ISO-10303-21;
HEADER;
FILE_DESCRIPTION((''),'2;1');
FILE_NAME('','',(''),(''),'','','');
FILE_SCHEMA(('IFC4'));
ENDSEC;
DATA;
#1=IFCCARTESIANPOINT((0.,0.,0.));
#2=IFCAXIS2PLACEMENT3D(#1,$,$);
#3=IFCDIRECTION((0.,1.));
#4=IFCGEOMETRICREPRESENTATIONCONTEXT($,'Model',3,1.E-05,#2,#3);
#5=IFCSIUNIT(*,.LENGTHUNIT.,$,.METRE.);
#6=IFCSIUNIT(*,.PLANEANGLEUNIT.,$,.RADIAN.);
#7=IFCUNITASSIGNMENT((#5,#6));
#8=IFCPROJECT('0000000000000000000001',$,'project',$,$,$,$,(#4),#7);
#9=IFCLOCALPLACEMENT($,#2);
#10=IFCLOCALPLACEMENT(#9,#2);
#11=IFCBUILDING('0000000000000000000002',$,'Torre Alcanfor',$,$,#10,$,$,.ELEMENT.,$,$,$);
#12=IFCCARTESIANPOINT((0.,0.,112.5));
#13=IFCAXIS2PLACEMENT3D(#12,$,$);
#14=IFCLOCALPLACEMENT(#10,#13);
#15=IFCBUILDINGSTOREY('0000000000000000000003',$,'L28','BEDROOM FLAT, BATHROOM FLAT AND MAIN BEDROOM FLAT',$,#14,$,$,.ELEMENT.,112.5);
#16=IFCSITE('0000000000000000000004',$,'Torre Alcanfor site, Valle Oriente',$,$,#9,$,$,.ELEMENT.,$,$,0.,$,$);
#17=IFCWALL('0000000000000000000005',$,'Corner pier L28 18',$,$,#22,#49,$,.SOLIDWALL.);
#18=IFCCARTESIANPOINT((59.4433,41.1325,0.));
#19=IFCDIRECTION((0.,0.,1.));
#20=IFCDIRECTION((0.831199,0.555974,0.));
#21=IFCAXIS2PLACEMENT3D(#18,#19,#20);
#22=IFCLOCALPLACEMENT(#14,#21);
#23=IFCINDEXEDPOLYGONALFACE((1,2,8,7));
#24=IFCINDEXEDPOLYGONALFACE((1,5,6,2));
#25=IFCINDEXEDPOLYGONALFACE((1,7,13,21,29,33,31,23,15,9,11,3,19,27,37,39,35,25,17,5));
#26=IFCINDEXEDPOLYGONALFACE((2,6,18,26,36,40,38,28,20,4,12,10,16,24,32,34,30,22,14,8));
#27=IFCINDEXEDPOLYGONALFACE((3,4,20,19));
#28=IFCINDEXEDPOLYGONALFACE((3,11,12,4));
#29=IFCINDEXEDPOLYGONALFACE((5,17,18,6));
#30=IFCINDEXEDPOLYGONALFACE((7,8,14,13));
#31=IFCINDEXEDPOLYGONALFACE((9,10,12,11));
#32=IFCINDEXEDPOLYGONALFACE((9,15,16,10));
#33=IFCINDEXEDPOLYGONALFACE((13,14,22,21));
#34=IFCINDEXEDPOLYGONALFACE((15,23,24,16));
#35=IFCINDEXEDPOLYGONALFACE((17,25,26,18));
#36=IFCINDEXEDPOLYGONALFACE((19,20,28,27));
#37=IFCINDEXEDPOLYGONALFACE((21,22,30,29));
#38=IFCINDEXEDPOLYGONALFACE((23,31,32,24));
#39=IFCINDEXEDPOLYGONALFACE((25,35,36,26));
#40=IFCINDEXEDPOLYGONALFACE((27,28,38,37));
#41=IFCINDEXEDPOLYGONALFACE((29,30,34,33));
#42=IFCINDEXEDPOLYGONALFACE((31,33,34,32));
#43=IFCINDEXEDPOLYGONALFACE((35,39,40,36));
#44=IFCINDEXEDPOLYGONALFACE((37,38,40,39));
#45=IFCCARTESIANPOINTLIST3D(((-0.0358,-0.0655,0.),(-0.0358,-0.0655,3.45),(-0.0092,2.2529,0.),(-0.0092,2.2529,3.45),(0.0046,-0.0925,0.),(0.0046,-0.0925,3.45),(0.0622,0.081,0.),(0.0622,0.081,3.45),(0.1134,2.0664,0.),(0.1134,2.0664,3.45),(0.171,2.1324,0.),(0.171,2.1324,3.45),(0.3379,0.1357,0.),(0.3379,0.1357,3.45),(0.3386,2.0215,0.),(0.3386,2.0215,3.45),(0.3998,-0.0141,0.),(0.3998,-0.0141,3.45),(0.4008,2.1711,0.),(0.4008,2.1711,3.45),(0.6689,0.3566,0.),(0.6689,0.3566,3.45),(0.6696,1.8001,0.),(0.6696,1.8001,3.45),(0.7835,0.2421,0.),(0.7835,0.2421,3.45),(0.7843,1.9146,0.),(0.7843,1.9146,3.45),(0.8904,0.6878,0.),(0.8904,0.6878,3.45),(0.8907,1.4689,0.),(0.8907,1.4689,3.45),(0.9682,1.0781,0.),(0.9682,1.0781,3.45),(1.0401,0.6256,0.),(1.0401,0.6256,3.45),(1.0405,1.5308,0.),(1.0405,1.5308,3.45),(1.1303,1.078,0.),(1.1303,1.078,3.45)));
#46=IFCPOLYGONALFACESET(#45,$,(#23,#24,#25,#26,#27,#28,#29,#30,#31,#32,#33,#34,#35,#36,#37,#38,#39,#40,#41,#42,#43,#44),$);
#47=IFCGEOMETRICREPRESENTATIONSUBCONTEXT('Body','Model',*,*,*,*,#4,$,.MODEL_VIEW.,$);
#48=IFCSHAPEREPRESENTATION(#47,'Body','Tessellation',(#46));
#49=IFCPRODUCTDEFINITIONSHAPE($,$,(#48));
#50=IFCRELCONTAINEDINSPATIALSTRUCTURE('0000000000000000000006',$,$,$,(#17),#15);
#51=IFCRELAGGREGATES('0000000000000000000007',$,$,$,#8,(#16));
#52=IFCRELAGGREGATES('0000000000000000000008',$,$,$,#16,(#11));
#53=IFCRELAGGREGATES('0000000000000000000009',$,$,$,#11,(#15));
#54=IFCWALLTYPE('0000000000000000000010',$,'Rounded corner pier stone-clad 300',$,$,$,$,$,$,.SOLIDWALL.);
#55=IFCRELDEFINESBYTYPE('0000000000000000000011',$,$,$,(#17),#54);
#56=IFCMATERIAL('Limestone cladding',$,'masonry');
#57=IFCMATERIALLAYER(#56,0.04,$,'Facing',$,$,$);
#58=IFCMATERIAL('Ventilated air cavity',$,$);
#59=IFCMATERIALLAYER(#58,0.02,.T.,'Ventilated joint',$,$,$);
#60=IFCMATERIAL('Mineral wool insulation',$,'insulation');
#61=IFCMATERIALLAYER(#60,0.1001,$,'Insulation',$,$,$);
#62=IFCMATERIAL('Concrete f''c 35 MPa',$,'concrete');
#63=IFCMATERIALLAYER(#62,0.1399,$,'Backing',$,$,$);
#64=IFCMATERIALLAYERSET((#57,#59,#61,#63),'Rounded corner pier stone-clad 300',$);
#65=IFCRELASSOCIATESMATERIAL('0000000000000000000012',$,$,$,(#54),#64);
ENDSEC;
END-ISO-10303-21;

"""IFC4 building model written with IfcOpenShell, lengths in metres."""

from ifc_helpers import new_model, si_unit, direction, frame, origin, place, context, subcontext, project, spatial, polyline, outline, extrude, material, layer, layer_set, type_object, element, save


model = new_model("IFC4")

# Units and contexts
model_context = context("Model", 3, precision=1e-05, world=origin(), true_north=direction((0.0, 1.0)))
body_context = subcontext(model_context, "Body", "Model", "MODEL_VIEW")
ifc_project = project(units=[si_unit("LENGTHUNIT", "METRE"), si_unit("PLANEANGLEUNIT", "RADIAN")], contexts=[model_context])

# Site, building, storey
site_placement = place(None, origin())
site = spatial("IfcSite", under=ifc_project, at=site_placement, Name="Torre Alcanfor site, Valle Oriente", CompositionType="ELEMENT", RefElevation=0.0)
building_placement = place(site_placement, origin())
building = spatial("IfcBuilding", under=site, at=building_placement, Name="Torre Alcanfor", CompositionType="ELEMENT")
storey_placement = place(building_placement, frame((0.0, 0.0, 112.5)))
storey = spatial("IfcBuildingStorey", under=building, at=storey_placement, Name="L28", Description="BEDROOM FLAT, BATHROOM FLAT AND MAIN BEDROOM FLAT", CompositionType="ELEMENT", Elevation=112.5)

# Shared definitions
ifc_material_1 = material(Name="Limestone cladding", Category="masonry")
ifc_material_2 = material(Name="Ventilated air cavity")
ifc_material_3 = material(Name="Mineral wool insulation", Category="insulation")
ifc_material_4 = material(Name="Concrete f'c 35 MPa", Category="concrete")

# Wall
ifc_layer_1 = layer(ifc_material_1, 0.04, Name="Facing")
ifc_layer_2 = layer(ifc_material_2, 0.02, ventilated=True, Name="Ventilated joint")
ifc_layer_3 = layer(ifc_material_3, 0.1001, Name="Insulation")
ifc_layer_4 = layer(ifc_material_4, 0.1399, Name="Backing")
ifc_layer_set_1 = layer_set([ifc_layer_1, ifc_layer_2, ifc_layer_3, ifc_layer_4], Name="Rounded corner pier stone-clad 300")
wall_type_1 = type_object("IfcWallType", Name="Rounded corner pier stone-clad 300", PredefinedType="SOLIDWALL", material=ifc_layer_set_1)
wall_1_placement = place(storey_placement, frame((59.4433, 41.1325, 0.0), z_axis=(0.0, 0.0, 1.0), x_axis=(0.831199, 0.555974, 0.0)))
element("IfcWall", 1, at=wall_1_placement, inside=storey, type_object=wall_type_1, Name="Corner pier L28 18", PredefinedType="SOLIDWALL", context=body_context, shape_type="SweptSolid", body=[
    extrude(outline(polyline([(0.7835, 0.2421), (1.0401, 0.6256), (1.1303, 1.078), (1.0405, 1.5308), (0.7843, 1.9146), (0.4008, 2.1711), (-0.0092, 2.2529), (0.171, 2.1324), (0.1134, 2.0664), (0.3386, 2.0215), (0.6696, 1.8001), (0.8907, 1.4689), (0.9682, 1.0781), (0.8904, 0.6878), (0.6689, 0.3566), (0.3379, 0.1357), (0.0622, 0.081), (-0.0358, -0.0655), (0.0046, -0.0925), (0.3998, -0.0141), (0.7835, 0.2421)])), origin(), (0.0, 0.0, 1.0), 3.45),
])

save(model, "model.ifc")
